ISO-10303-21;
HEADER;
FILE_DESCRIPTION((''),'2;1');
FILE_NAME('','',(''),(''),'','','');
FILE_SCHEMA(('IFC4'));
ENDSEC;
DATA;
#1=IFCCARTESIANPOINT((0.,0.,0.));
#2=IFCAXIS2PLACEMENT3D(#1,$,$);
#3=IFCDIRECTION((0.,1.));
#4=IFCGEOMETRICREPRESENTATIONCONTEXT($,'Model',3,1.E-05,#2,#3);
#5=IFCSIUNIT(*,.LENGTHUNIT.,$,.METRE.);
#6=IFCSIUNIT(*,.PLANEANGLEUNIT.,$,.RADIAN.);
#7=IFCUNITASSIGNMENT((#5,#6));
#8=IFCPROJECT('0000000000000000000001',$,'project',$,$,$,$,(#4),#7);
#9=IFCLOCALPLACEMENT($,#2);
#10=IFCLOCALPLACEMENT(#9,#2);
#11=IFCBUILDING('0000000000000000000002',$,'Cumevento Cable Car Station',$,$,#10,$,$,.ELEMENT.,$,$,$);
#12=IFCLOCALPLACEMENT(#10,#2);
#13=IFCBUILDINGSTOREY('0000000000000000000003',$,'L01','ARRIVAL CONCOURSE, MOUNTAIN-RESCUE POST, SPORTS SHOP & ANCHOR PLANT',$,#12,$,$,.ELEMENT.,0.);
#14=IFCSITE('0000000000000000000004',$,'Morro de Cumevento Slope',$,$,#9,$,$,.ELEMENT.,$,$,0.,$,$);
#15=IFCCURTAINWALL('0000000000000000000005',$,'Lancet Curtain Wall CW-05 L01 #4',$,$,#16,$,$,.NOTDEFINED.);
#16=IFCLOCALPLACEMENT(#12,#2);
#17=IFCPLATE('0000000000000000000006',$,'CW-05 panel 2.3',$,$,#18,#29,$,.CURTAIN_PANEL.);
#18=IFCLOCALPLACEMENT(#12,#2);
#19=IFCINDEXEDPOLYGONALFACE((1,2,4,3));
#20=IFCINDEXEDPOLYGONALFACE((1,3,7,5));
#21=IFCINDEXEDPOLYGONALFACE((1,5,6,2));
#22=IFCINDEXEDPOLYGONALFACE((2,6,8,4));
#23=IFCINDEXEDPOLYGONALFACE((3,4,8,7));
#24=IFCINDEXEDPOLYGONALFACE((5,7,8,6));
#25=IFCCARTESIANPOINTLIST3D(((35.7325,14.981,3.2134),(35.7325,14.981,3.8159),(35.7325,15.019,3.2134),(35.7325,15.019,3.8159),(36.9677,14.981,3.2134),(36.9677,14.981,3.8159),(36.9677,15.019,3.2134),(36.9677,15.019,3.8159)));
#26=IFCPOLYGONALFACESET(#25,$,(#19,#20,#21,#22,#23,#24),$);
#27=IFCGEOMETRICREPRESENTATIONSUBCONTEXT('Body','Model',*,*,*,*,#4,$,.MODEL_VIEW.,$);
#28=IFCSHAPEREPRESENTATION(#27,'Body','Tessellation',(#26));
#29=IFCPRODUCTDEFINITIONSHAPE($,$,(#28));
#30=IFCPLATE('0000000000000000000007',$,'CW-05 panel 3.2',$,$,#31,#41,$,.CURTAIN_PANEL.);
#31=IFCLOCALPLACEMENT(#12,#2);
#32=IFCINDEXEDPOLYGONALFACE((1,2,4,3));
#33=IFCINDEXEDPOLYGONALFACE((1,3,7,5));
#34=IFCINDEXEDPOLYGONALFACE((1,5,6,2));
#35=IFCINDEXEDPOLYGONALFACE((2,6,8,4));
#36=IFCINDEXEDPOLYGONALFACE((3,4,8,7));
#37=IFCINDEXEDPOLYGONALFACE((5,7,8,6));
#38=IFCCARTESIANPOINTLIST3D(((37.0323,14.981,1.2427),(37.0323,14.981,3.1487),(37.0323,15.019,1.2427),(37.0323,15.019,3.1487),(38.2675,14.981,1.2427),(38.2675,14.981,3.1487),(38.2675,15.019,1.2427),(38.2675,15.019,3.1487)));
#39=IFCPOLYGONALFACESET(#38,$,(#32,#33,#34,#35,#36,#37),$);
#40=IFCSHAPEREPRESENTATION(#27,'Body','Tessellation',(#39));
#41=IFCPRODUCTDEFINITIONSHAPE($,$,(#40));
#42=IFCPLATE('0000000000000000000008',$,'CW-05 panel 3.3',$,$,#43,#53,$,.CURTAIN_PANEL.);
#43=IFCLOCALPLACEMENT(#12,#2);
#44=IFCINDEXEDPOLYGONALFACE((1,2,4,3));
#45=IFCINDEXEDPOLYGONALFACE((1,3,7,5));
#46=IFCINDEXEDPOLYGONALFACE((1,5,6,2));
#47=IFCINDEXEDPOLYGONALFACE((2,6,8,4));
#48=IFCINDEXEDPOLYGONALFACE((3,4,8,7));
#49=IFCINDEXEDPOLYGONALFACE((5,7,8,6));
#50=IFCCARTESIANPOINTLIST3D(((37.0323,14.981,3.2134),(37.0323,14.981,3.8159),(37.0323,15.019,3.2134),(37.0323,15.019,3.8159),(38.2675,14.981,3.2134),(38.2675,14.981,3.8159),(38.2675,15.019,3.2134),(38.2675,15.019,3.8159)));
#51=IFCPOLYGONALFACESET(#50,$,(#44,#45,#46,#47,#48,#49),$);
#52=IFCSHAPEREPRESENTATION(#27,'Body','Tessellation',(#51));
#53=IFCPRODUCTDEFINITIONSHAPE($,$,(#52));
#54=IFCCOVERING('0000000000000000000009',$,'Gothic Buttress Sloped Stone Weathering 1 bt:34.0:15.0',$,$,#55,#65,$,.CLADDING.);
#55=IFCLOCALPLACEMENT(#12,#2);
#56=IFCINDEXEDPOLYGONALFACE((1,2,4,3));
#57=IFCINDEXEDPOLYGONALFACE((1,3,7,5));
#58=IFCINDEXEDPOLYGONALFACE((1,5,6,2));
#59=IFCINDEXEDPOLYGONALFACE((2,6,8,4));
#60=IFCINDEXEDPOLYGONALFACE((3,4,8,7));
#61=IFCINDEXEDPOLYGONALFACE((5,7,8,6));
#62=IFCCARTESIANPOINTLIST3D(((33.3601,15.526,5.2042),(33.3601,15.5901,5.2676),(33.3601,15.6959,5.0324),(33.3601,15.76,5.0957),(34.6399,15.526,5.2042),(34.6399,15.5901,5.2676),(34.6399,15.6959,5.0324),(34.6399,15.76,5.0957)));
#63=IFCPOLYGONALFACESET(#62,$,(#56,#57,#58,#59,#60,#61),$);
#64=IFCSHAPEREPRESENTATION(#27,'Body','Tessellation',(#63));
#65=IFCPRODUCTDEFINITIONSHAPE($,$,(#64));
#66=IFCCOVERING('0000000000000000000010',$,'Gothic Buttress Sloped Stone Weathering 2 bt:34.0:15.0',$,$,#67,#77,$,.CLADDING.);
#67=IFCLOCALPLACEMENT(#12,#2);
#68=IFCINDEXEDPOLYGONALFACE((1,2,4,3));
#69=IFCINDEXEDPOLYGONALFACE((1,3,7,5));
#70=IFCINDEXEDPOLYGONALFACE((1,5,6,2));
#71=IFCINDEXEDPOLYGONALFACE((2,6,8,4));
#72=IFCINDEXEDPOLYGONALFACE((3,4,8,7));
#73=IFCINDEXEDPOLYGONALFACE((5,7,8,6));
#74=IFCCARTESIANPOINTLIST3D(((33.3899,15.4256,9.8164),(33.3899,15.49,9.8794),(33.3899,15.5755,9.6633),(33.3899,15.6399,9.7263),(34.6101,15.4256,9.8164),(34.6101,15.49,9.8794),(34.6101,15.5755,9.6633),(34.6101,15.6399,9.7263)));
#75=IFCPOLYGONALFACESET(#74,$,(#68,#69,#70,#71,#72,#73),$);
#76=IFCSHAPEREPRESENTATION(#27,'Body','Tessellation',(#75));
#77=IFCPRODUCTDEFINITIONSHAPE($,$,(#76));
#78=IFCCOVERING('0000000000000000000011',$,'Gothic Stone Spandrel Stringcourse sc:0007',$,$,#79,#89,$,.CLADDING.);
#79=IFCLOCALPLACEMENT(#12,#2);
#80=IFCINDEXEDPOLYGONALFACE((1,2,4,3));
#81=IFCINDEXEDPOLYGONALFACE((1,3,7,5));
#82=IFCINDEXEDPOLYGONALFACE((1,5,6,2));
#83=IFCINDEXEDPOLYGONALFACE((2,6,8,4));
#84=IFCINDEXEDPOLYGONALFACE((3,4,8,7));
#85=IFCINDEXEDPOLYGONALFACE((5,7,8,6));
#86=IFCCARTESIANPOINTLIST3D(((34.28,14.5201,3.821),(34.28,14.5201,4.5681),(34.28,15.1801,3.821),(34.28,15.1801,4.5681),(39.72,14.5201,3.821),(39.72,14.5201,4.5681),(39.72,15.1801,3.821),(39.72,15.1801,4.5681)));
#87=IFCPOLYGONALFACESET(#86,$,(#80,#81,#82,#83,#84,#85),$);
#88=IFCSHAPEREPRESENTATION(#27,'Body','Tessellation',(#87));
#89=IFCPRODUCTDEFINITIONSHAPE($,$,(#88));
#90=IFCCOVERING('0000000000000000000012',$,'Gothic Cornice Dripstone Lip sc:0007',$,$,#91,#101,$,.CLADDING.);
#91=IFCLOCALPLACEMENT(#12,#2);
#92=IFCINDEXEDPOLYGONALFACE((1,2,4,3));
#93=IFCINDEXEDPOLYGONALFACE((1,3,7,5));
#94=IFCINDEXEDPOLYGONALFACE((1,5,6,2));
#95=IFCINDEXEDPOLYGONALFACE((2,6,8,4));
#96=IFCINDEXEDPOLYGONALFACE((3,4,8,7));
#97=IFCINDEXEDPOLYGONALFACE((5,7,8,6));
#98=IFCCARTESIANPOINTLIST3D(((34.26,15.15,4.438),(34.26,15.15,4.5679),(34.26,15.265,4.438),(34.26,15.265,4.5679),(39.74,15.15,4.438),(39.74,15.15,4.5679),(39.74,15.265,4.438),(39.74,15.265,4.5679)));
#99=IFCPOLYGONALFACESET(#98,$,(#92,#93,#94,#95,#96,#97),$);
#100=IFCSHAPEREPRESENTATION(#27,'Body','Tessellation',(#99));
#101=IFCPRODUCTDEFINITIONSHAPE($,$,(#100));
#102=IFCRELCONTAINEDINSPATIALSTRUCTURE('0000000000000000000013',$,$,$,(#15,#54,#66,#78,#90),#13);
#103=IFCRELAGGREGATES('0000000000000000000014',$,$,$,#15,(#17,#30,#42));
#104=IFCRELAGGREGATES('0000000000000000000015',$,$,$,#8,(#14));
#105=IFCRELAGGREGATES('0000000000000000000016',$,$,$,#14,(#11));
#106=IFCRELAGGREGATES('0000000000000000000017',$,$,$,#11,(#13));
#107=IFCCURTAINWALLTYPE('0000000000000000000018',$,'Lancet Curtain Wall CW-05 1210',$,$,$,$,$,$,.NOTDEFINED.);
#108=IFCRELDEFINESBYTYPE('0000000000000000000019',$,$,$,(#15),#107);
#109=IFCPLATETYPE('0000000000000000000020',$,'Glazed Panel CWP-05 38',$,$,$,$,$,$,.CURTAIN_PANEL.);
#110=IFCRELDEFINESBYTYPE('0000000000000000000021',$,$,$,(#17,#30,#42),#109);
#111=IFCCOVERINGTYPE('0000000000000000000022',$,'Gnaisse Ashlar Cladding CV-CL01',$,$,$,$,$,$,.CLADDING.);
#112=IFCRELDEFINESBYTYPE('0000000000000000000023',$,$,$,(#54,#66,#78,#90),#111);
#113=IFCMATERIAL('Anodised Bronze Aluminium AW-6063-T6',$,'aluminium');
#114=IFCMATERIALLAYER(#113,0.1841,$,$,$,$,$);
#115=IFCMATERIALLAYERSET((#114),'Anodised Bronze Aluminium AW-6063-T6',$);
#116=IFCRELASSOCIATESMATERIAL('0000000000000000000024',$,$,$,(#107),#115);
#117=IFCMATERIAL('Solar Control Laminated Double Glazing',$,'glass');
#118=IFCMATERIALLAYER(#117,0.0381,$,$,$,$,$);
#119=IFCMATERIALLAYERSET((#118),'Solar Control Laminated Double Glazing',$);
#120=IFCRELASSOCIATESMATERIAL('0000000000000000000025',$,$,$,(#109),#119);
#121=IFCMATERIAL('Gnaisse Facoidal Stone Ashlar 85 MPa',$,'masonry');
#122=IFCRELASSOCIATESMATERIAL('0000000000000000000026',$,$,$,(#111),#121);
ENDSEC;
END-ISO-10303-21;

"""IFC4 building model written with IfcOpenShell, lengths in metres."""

from ifc_helpers import new_model, si_unit, direction, frame, origin, origin_2d, place, context, subcontext, project, spatial, polyline, rectangle, outline, extrude, material, layer, layer_set, type_object, element, aggregate, save


model = new_model("IFC4")

# Units and contexts
model_context = context("Model", 3, precision=1e-05, world=origin(), true_north=direction((0.0, 1.0)))
body_context = subcontext(model_context, "Body", "Model", "MODEL_VIEW")
ifc_project = project(units=[si_unit("LENGTHUNIT", "METRE"), si_unit("PLANEANGLEUNIT", "RADIAN")], contexts=[model_context])

# Site, building, storey
site_placement = place(None, origin())
site = spatial("IfcSite", under=ifc_project, at=site_placement, Name="Morro de Cumevento Slope", CompositionType="ELEMENT", RefElevation=0.0)
building_placement = place(site_placement, origin())
building = spatial("IfcBuilding", under=site, at=building_placement, Name="Cumevento Cable Car Station", CompositionType="ELEMENT")
storey_placement = place(building_placement, origin())
storey = spatial("IfcBuildingStorey", under=building, at=storey_placement, Name="L01", Description="ARRIVAL CONCOURSE, MOUNTAIN-RESCUE POST, SPORTS SHOP & ANCHOR PLANT", CompositionType="ELEMENT", Elevation=0.0)

# Curtain wall
ifc_material_1 = material(Name="Anodised Bronze Aluminium AW-6063-T6", Category="aluminium")
ifc_layer_1 = layer(ifc_material_1, 0.1841)
ifc_layer_set_1 = layer_set([ifc_layer_1], Name="Anodised Bronze Aluminium AW-6063-T6")
curtain_wall_type = type_object("IfcCurtainWallType", Name="Lancet Curtain Wall CW-05 1210", PredefinedType="NOTDEFINED", material=ifc_layer_set_1)
curtain_wall_placement = place(storey_placement, origin())
curtain_wall = element("IfcCurtainWall", 1, at=curtain_wall_placement, inside=storey, type_object=curtain_wall_type, Name="Lancet Curtain Wall CW-05 L01 #4", PredefinedType="NOTDEFINED")

# Plates
ifc_material_2 = material(Name="Solar Control Laminated Double Glazing", Category="glass")
ifc_layer_2 = layer(ifc_material_2, 0.0381)
ifc_layer_set_2 = layer_set([ifc_layer_2], Name="Solar Control Laminated Double Glazing")
plate_type = type_object("IfcPlateType", Name="Glazed Panel CWP-05 38", PredefinedType="CURTAIN_PANEL", material=ifc_layer_set_2)
plate_1_placement = place(storey_placement, frame((36.3501, 15.0, 3.2134), z_axis=(0.0, 0.0, 1.0), x_axis=(1.0, 0.0, 0.0)))
plate_1 = element("IfcPlate", 2, at=plate_1_placement, type_object=plate_type, Name="CW-05 panel 2.3", PredefinedType="CURTAIN_PANEL", context=body_context, shape_type="SweptSolid", body=[
    extrude(rectangle(XDim=1.2351, YDim=0.0381, at=origin_2d()), origin(), (0.0, 0.0, 1.0), 0.6025),
])
plate_2_placement = place(storey_placement, frame((37.6499, 15.0, 1.2427), z_axis=(0.0, 0.0, 1.0), x_axis=(1.0, 0.0, 0.0)))
plate_2 = element("IfcPlate", 3, at=plate_2_placement, type_object=plate_type, Name="CW-05 panel 3.2", PredefinedType="CURTAIN_PANEL", context=body_context, shape_type="SweptSolid", body=[
    extrude(rectangle(XDim=1.2351, YDim=0.0381, at=origin_2d()), origin(), (0.0, 0.0, 1.0), 1.906),
])
plate_3_placement = place(storey_placement, frame((37.6499, 15.0, 3.2134), z_axis=(0.0, 0.0, 1.0), x_axis=(1.0, 0.0, 0.0)))
plate_3 = element("IfcPlate", 4, at=plate_3_placement, type_object=plate_type, Name="CW-05 panel 3.3", PredefinedType="CURTAIN_PANEL", context=body_context, shape_type="SweptSolid", body=[
    extrude(rectangle(XDim=1.2351, YDim=0.0381, at=origin_2d()), origin(), (0.0, 0.0, 1.0), 0.6025),
])
aggregate(curtain_wall, [plate_1, plate_2, plate_3])

# Coverings
ifc_material_3 = material(Name="Gnaisse Facoidal Stone Ashlar 85 MPa", Category="masonry")
covering_type = type_object("IfcCoveringType", Name="Gnaisse Ashlar Cladding CV-CL01", PredefinedType="CLADDING", material=ifc_material_3)
covering_1_placement = place(storey_placement, frame((34.6399, 15.76, 5.0957), z_axis=(0.0, 0.711136, 0.703055), x_axis=(-1.0, 0.0, 0.0)))
element("IfcCovering", 5, at=covering_1_placement, inside=storey, type_object=covering_type, Name="Gothic Buttress Sloped Stone Weathering 1 bt:34.0:15.0", PredefinedType="CLADDING", context=body_context, shape_type="SweptSolid", body=[
    extrude(outline(polyline([(0.0, 0.0), (1.2798, 0.0), (1.2798, 0.2417), (0.0, 0.2417), (0.0, 0.0)])), origin(), (0.0, 0.0, -1.0), 0.0901),
])
covering_2_placement = place(storey_placement, frame((34.6101, 15.6399, 9.7263), z_axis=(0.0, 0.714475, 0.699661), x_axis=(-1.0, 0.0, 0.0)))
element("IfcCovering", 6, at=covering_2_placement, inside=storey, type_object=covering_type, Name="Gothic Buttress Sloped Stone Weathering 2 bt:34.0:15.0", PredefinedType="CLADDING", context=body_context, shape_type="SweptSolid", body=[
    extrude(outline(polyline([(0.0, 0.0), (1.2202, 0.0), (1.2202, 0.2142), (0.0, 0.2142), (0.0, 0.0)])), origin(), (0.0, 0.0, -1.0), 0.0901),
])
covering_3_placement = place(storey_placement, frame((37.0, 14.8501, 3.821), z_axis=(0.0, 0.0, 1.0), x_axis=(1.0, 0.0, 0.0)))
element("IfcCovering", 7, at=covering_3_placement, inside=storey, type_object=covering_type, Name="Gothic Stone Spandrel Stringcourse sc:0007", PredefinedType="CLADDING", context=body_context, shape_type="SweptSolid", body=[
    extrude(rectangle(XDim=5.4399, YDim=0.6599, at=origin_2d()), origin(), (0.0, 0.0, 1.0), 0.7471),
])
covering_4_placement = place(storey_placement, frame((37.0, 15.2075, 4.438), z_axis=(0.0, 0.0, 1.0), x_axis=(1.0, 0.0, 0.0)))
element("IfcCovering", 8, at=covering_4_placement, inside=storey, type_object=covering_type, Name="Gothic Cornice Dripstone Lip sc:0007", PredefinedType="CLADDING", context=body_context, shape_type="SweptSolid", body=[
    extrude(rectangle(XDim=5.48, YDim=0.115, at=origin_2d()), origin(), (0.0, 0.0, 1.0), 0.1299),
])

save(model, "model.ifc")
